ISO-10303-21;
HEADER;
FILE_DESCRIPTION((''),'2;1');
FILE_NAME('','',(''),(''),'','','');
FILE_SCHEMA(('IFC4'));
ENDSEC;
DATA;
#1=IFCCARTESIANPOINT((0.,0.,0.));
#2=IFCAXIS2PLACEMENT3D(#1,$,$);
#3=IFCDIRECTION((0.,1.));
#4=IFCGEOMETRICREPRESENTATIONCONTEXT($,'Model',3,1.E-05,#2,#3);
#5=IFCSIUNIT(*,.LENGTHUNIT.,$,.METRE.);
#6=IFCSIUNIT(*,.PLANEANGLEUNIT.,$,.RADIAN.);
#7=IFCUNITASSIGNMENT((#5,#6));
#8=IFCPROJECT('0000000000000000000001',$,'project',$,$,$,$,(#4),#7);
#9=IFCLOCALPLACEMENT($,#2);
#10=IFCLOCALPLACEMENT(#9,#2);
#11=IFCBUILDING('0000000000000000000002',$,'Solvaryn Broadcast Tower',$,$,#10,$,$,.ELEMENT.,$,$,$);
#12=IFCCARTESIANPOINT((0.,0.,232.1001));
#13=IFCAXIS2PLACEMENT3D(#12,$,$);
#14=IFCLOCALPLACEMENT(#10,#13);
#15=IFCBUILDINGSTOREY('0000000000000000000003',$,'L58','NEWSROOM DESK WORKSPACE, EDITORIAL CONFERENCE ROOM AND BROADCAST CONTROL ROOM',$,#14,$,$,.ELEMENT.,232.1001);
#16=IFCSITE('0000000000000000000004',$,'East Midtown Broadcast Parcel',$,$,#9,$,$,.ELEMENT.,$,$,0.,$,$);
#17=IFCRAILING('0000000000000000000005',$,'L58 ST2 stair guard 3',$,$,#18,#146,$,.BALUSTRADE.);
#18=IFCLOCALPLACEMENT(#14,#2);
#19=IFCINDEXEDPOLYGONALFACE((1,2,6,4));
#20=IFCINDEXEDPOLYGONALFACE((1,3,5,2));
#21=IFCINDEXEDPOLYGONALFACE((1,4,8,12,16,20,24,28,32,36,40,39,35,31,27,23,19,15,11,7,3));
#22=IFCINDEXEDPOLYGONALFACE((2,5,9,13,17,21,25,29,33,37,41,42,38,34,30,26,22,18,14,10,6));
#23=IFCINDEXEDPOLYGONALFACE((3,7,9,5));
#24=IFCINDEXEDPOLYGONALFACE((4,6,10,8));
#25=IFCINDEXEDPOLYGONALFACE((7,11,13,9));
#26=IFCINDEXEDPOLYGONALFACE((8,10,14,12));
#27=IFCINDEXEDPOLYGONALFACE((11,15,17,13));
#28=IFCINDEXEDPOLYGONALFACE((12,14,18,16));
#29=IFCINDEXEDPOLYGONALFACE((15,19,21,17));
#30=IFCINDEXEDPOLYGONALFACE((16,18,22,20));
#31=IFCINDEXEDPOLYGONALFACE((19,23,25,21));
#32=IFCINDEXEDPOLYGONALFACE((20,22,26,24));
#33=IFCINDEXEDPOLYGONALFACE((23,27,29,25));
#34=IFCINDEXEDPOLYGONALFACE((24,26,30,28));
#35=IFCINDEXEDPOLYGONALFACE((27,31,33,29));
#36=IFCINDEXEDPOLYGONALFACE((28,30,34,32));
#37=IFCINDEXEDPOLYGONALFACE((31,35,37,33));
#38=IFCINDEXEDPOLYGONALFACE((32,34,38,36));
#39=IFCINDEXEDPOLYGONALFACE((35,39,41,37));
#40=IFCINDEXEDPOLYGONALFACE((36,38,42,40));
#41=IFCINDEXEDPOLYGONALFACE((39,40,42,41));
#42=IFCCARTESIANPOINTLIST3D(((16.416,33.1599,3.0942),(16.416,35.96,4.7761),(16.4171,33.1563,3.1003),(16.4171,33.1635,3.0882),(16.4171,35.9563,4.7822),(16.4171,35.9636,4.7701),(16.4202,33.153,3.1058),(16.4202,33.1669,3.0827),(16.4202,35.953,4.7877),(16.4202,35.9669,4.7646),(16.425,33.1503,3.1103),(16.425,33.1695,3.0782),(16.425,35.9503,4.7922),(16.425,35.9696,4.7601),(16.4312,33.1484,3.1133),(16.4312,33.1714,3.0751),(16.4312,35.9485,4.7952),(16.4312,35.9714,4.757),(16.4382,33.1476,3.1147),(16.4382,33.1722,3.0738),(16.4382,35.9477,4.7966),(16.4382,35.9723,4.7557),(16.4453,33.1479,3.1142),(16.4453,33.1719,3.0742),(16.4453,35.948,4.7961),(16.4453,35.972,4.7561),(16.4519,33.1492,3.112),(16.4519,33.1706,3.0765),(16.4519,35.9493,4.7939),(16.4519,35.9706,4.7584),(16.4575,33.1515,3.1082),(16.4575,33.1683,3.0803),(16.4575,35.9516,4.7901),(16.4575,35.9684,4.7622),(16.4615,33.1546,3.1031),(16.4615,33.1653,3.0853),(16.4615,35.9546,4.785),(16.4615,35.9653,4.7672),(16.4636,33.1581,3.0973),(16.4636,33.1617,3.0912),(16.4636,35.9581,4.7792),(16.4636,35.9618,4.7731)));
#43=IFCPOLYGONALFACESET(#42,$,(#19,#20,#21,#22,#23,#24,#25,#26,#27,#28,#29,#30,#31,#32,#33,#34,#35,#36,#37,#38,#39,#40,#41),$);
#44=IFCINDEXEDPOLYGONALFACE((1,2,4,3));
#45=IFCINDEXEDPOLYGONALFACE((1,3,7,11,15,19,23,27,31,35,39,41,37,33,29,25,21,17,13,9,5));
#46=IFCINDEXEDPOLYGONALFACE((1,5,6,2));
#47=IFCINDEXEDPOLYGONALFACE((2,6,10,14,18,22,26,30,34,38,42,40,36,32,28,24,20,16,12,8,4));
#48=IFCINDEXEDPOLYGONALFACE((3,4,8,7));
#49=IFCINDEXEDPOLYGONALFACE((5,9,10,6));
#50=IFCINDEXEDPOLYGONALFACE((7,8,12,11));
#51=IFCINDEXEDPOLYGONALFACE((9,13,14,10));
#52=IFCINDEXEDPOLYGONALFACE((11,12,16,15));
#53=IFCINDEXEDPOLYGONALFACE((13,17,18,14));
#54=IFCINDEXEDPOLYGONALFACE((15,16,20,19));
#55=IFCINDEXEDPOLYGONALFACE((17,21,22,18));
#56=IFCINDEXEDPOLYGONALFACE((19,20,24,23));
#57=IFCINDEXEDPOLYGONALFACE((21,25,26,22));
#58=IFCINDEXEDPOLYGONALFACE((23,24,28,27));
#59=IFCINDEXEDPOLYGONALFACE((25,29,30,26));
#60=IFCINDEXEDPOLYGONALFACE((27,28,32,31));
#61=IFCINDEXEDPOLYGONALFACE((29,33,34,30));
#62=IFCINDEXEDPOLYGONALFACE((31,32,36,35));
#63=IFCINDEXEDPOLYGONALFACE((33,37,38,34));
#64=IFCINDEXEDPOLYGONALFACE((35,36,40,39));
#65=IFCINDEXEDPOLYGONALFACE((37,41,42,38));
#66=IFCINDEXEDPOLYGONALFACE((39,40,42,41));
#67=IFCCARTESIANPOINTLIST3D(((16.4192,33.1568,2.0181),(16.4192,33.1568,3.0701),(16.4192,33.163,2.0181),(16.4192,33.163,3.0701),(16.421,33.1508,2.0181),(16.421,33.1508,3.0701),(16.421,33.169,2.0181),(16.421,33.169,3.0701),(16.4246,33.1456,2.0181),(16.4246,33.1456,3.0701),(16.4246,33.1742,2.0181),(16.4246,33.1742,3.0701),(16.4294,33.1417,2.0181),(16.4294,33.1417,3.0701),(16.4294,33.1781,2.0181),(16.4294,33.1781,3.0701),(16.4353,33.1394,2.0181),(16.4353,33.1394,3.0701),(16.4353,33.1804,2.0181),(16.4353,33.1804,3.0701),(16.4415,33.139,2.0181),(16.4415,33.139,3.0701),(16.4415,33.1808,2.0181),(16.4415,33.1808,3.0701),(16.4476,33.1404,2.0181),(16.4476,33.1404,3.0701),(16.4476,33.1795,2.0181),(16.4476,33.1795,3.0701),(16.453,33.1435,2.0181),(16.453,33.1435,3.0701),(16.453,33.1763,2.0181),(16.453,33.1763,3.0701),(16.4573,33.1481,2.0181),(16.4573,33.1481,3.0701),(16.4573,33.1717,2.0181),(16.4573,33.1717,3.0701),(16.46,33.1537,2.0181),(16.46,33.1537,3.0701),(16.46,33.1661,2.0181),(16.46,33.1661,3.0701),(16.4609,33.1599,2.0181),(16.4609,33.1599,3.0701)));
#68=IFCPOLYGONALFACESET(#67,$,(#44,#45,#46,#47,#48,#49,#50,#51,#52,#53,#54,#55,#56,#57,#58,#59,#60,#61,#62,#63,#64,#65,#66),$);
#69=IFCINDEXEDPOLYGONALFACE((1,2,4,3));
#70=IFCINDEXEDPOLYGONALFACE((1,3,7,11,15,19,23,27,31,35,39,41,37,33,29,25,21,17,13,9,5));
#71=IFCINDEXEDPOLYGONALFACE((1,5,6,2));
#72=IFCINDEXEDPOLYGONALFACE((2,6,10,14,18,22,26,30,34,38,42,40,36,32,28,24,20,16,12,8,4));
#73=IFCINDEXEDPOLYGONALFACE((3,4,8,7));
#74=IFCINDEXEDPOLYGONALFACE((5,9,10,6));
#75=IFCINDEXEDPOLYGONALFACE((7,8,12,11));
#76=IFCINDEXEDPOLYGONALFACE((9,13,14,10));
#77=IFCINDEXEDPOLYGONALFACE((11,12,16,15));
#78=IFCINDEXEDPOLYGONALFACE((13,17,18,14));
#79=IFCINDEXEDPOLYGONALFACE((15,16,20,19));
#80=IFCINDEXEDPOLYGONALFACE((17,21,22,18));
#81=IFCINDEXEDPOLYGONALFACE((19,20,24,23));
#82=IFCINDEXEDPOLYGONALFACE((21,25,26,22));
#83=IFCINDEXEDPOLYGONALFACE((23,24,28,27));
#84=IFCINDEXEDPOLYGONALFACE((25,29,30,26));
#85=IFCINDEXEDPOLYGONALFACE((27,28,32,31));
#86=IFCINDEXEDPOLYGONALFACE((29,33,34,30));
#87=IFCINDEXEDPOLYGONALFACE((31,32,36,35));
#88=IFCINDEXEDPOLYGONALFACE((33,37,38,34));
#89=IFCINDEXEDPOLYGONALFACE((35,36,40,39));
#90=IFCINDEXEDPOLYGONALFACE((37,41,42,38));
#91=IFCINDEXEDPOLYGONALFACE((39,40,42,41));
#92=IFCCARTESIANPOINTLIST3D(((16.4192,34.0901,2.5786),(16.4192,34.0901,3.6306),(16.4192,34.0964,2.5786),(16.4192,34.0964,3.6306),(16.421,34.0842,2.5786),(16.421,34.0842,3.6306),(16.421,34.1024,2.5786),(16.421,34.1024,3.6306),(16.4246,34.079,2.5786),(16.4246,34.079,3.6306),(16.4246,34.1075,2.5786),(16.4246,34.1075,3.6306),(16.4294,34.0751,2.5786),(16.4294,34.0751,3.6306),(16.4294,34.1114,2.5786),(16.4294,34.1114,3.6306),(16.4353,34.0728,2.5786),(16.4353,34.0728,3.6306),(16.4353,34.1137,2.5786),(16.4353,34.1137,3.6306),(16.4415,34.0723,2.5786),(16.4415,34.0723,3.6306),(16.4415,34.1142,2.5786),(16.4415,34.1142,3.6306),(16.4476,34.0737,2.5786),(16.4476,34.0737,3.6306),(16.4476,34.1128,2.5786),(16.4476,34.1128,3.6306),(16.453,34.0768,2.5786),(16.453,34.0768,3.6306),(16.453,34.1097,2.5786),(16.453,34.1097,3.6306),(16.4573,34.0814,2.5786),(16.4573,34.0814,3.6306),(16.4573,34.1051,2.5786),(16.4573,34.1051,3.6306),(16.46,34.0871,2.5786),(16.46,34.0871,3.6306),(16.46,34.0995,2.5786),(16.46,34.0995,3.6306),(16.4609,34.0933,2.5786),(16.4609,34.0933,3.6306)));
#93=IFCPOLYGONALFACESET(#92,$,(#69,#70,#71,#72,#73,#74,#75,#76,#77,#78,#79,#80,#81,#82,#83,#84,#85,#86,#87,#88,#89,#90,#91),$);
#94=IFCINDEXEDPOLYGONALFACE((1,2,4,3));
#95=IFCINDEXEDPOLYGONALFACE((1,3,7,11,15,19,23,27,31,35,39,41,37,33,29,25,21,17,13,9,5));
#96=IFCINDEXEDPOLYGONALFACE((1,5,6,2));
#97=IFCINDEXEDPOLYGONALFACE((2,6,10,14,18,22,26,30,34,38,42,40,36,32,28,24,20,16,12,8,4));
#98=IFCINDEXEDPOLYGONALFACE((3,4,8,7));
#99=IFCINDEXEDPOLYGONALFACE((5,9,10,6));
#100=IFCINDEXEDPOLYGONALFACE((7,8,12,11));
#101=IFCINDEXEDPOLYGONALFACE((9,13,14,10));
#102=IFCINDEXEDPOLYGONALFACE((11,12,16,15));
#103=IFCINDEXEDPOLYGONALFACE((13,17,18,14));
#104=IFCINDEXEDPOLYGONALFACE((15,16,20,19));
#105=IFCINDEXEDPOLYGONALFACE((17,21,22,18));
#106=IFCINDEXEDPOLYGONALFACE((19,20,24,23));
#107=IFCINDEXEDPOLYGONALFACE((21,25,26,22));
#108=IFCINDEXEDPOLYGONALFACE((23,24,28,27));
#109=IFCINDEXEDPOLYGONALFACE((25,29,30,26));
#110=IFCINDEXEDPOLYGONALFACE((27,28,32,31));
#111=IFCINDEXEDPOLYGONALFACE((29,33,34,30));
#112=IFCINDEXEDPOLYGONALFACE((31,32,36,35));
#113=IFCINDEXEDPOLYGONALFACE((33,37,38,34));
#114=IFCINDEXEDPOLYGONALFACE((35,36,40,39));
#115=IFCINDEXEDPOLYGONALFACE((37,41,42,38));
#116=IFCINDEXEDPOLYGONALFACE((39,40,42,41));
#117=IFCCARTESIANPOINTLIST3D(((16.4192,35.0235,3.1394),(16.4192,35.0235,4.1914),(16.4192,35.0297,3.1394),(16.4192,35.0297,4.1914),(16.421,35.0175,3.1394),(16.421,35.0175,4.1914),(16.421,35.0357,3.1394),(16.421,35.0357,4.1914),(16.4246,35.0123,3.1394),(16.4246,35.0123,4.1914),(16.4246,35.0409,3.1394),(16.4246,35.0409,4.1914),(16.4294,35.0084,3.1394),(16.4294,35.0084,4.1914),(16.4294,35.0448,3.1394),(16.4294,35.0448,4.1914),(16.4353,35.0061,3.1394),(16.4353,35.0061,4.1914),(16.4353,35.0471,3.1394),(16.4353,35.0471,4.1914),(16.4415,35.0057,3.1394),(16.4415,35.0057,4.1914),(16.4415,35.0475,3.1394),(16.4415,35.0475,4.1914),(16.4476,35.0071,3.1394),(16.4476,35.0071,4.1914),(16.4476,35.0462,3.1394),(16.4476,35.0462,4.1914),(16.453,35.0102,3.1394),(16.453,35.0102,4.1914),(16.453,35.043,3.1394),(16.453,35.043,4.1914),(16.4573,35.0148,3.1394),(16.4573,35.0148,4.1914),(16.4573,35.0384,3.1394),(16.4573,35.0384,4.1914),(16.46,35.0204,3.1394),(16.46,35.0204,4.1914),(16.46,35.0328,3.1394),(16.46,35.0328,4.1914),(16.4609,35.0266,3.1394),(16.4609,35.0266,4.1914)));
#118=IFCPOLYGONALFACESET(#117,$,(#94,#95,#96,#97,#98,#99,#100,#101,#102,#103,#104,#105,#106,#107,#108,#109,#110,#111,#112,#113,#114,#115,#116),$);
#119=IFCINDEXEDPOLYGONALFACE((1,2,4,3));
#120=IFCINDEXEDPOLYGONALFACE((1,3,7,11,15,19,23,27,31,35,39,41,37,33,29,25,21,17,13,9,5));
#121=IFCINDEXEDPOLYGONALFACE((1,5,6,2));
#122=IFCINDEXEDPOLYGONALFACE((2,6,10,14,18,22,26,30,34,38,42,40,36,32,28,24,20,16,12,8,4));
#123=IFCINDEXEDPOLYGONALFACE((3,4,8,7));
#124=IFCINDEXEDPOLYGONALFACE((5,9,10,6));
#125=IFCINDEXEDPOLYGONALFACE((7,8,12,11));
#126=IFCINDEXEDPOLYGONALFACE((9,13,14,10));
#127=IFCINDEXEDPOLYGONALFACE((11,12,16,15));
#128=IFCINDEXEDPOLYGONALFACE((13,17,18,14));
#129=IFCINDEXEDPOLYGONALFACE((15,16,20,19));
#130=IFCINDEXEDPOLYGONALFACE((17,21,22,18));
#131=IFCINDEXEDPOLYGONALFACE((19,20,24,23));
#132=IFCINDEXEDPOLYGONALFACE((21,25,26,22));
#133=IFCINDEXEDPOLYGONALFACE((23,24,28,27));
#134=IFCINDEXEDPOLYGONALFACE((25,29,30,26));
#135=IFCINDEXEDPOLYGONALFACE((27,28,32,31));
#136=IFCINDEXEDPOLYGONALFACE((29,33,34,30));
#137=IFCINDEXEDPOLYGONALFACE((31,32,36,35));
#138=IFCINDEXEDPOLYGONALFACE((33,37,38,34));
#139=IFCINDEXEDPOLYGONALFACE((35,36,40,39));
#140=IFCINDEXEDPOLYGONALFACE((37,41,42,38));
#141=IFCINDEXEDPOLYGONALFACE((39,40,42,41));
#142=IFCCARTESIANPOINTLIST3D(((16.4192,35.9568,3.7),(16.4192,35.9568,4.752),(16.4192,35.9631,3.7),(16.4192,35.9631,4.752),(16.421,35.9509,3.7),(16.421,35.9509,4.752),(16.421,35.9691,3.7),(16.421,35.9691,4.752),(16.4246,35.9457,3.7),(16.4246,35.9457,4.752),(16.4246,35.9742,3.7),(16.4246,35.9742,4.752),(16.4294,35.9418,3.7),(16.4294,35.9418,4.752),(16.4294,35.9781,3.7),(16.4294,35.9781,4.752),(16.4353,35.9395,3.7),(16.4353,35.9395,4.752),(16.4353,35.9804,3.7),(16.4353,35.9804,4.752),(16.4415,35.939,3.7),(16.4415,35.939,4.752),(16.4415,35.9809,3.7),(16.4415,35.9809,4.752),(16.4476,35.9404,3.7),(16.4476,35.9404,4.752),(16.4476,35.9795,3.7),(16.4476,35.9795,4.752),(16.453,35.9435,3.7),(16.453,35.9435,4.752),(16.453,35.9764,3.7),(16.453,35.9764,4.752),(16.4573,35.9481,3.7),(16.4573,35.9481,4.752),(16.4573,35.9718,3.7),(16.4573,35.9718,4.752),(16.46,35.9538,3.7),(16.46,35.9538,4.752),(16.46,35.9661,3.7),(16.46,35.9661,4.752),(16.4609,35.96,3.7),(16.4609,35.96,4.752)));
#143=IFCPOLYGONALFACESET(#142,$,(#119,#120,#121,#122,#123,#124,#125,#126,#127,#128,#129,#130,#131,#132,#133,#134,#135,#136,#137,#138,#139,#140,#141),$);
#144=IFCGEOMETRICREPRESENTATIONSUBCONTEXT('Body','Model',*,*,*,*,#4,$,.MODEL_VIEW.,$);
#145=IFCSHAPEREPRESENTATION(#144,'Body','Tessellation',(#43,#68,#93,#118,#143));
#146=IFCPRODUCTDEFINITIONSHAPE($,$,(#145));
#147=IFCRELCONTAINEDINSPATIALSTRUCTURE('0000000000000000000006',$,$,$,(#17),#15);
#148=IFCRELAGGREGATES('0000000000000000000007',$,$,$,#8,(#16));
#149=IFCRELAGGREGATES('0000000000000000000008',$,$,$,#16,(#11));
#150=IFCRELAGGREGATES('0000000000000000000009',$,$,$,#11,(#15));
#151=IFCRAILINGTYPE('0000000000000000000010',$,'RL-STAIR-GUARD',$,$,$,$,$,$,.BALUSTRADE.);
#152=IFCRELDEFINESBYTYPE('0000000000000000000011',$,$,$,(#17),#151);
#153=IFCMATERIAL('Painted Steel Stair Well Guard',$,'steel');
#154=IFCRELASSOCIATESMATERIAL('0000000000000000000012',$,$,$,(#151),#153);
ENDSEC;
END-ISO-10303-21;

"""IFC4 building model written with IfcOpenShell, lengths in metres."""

from ifc_helpers import new_model, si_unit, direction, frame, origin, origin_2d, place, context, subcontext, project, spatial, circle, extrude, material, type_object, element, save


model = new_model("IFC4")

# Units and contexts
model_context = context("Model", 3, precision=1e-05, world=origin(), true_north=direction((0.0, 1.0)))
body_context = subcontext(model_context, "Body", "Model", "MODEL_VIEW")
ifc_project = project(units=[si_unit("LENGTHUNIT", "METRE"), si_unit("PLANEANGLEUNIT", "RADIAN")], contexts=[model_context])

# Site, building, storey
site_placement = place(None, origin())
site = spatial("IfcSite", under=ifc_project, at=site_placement, Name="East Midtown Broadcast Parcel", CompositionType="ELEMENT", RefElevation=0.0)
building_placement = place(site_placement, origin())
building = spatial("IfcBuilding", under=site, at=building_placement, Name="Solvaryn Broadcast Tower", CompositionType="ELEMENT")
storey_placement = place(building_placement, frame((0.0, 0.0, 232.1001)))
storey = spatial("IfcBuildingStorey", under=building, at=storey_placement, Name="L58", Description="NEWSROOM DESK WORKSPACE, EDITORIAL CONFERENCE ROOM AND BROADCAST CONTROL ROOM", CompositionType="ELEMENT", Elevation=232.1001)

# Railing
ifc_material_1 = material(Name="Painted Steel Stair Well Guard", Category="steel")
railing_type_1 = type_object("IfcRailingType", Name="RL-STAIR-GUARD", PredefinedType="BALUSTRADE", material=ifc_material_1)
railing_1_placement = place(storey_placement, frame((16.4399, 33.1599, 2.0181)))
element("IfcRailing", 1, at=railing_1_placement, inside=storey, type_object=railing_type_1, Name="L58 ST2 stair guard 3", PredefinedType="BALUSTRADE", context=body_context, shape_type="SweptSolid", body=[
    extrude(circle(Radius=0.0239, at=origin_2d()), frame((0.0, 0.0, 1.0762), z_axis=(0.0, 0.857242, 0.514913), x_axis=(-1.0, 0.0, 0.0)), (0.0, 0.0, 1.0), 3.2664),
    extrude(circle(Radius=0.021, at=origin_2d()), origin(), (0.0, 0.0, 1.0), 1.052),
    extrude(circle(Radius=0.021, at=origin_2d()), frame((0.0, 0.9333, 0.5605)), (0.0, 0.0, 1.0), 1.052),
    extrude(circle(Radius=0.021, at=origin_2d()), frame((0.0, 1.8667, 1.1213)), (0.0, 0.0, 1.0), 1.052),
    extrude(circle(Radius=0.021, at=origin_2d()), frame((0.0, 2.8, 1.6819)), (0.0, 0.0, 1.0), 1.052),
])

save(model, "model.ifc")
